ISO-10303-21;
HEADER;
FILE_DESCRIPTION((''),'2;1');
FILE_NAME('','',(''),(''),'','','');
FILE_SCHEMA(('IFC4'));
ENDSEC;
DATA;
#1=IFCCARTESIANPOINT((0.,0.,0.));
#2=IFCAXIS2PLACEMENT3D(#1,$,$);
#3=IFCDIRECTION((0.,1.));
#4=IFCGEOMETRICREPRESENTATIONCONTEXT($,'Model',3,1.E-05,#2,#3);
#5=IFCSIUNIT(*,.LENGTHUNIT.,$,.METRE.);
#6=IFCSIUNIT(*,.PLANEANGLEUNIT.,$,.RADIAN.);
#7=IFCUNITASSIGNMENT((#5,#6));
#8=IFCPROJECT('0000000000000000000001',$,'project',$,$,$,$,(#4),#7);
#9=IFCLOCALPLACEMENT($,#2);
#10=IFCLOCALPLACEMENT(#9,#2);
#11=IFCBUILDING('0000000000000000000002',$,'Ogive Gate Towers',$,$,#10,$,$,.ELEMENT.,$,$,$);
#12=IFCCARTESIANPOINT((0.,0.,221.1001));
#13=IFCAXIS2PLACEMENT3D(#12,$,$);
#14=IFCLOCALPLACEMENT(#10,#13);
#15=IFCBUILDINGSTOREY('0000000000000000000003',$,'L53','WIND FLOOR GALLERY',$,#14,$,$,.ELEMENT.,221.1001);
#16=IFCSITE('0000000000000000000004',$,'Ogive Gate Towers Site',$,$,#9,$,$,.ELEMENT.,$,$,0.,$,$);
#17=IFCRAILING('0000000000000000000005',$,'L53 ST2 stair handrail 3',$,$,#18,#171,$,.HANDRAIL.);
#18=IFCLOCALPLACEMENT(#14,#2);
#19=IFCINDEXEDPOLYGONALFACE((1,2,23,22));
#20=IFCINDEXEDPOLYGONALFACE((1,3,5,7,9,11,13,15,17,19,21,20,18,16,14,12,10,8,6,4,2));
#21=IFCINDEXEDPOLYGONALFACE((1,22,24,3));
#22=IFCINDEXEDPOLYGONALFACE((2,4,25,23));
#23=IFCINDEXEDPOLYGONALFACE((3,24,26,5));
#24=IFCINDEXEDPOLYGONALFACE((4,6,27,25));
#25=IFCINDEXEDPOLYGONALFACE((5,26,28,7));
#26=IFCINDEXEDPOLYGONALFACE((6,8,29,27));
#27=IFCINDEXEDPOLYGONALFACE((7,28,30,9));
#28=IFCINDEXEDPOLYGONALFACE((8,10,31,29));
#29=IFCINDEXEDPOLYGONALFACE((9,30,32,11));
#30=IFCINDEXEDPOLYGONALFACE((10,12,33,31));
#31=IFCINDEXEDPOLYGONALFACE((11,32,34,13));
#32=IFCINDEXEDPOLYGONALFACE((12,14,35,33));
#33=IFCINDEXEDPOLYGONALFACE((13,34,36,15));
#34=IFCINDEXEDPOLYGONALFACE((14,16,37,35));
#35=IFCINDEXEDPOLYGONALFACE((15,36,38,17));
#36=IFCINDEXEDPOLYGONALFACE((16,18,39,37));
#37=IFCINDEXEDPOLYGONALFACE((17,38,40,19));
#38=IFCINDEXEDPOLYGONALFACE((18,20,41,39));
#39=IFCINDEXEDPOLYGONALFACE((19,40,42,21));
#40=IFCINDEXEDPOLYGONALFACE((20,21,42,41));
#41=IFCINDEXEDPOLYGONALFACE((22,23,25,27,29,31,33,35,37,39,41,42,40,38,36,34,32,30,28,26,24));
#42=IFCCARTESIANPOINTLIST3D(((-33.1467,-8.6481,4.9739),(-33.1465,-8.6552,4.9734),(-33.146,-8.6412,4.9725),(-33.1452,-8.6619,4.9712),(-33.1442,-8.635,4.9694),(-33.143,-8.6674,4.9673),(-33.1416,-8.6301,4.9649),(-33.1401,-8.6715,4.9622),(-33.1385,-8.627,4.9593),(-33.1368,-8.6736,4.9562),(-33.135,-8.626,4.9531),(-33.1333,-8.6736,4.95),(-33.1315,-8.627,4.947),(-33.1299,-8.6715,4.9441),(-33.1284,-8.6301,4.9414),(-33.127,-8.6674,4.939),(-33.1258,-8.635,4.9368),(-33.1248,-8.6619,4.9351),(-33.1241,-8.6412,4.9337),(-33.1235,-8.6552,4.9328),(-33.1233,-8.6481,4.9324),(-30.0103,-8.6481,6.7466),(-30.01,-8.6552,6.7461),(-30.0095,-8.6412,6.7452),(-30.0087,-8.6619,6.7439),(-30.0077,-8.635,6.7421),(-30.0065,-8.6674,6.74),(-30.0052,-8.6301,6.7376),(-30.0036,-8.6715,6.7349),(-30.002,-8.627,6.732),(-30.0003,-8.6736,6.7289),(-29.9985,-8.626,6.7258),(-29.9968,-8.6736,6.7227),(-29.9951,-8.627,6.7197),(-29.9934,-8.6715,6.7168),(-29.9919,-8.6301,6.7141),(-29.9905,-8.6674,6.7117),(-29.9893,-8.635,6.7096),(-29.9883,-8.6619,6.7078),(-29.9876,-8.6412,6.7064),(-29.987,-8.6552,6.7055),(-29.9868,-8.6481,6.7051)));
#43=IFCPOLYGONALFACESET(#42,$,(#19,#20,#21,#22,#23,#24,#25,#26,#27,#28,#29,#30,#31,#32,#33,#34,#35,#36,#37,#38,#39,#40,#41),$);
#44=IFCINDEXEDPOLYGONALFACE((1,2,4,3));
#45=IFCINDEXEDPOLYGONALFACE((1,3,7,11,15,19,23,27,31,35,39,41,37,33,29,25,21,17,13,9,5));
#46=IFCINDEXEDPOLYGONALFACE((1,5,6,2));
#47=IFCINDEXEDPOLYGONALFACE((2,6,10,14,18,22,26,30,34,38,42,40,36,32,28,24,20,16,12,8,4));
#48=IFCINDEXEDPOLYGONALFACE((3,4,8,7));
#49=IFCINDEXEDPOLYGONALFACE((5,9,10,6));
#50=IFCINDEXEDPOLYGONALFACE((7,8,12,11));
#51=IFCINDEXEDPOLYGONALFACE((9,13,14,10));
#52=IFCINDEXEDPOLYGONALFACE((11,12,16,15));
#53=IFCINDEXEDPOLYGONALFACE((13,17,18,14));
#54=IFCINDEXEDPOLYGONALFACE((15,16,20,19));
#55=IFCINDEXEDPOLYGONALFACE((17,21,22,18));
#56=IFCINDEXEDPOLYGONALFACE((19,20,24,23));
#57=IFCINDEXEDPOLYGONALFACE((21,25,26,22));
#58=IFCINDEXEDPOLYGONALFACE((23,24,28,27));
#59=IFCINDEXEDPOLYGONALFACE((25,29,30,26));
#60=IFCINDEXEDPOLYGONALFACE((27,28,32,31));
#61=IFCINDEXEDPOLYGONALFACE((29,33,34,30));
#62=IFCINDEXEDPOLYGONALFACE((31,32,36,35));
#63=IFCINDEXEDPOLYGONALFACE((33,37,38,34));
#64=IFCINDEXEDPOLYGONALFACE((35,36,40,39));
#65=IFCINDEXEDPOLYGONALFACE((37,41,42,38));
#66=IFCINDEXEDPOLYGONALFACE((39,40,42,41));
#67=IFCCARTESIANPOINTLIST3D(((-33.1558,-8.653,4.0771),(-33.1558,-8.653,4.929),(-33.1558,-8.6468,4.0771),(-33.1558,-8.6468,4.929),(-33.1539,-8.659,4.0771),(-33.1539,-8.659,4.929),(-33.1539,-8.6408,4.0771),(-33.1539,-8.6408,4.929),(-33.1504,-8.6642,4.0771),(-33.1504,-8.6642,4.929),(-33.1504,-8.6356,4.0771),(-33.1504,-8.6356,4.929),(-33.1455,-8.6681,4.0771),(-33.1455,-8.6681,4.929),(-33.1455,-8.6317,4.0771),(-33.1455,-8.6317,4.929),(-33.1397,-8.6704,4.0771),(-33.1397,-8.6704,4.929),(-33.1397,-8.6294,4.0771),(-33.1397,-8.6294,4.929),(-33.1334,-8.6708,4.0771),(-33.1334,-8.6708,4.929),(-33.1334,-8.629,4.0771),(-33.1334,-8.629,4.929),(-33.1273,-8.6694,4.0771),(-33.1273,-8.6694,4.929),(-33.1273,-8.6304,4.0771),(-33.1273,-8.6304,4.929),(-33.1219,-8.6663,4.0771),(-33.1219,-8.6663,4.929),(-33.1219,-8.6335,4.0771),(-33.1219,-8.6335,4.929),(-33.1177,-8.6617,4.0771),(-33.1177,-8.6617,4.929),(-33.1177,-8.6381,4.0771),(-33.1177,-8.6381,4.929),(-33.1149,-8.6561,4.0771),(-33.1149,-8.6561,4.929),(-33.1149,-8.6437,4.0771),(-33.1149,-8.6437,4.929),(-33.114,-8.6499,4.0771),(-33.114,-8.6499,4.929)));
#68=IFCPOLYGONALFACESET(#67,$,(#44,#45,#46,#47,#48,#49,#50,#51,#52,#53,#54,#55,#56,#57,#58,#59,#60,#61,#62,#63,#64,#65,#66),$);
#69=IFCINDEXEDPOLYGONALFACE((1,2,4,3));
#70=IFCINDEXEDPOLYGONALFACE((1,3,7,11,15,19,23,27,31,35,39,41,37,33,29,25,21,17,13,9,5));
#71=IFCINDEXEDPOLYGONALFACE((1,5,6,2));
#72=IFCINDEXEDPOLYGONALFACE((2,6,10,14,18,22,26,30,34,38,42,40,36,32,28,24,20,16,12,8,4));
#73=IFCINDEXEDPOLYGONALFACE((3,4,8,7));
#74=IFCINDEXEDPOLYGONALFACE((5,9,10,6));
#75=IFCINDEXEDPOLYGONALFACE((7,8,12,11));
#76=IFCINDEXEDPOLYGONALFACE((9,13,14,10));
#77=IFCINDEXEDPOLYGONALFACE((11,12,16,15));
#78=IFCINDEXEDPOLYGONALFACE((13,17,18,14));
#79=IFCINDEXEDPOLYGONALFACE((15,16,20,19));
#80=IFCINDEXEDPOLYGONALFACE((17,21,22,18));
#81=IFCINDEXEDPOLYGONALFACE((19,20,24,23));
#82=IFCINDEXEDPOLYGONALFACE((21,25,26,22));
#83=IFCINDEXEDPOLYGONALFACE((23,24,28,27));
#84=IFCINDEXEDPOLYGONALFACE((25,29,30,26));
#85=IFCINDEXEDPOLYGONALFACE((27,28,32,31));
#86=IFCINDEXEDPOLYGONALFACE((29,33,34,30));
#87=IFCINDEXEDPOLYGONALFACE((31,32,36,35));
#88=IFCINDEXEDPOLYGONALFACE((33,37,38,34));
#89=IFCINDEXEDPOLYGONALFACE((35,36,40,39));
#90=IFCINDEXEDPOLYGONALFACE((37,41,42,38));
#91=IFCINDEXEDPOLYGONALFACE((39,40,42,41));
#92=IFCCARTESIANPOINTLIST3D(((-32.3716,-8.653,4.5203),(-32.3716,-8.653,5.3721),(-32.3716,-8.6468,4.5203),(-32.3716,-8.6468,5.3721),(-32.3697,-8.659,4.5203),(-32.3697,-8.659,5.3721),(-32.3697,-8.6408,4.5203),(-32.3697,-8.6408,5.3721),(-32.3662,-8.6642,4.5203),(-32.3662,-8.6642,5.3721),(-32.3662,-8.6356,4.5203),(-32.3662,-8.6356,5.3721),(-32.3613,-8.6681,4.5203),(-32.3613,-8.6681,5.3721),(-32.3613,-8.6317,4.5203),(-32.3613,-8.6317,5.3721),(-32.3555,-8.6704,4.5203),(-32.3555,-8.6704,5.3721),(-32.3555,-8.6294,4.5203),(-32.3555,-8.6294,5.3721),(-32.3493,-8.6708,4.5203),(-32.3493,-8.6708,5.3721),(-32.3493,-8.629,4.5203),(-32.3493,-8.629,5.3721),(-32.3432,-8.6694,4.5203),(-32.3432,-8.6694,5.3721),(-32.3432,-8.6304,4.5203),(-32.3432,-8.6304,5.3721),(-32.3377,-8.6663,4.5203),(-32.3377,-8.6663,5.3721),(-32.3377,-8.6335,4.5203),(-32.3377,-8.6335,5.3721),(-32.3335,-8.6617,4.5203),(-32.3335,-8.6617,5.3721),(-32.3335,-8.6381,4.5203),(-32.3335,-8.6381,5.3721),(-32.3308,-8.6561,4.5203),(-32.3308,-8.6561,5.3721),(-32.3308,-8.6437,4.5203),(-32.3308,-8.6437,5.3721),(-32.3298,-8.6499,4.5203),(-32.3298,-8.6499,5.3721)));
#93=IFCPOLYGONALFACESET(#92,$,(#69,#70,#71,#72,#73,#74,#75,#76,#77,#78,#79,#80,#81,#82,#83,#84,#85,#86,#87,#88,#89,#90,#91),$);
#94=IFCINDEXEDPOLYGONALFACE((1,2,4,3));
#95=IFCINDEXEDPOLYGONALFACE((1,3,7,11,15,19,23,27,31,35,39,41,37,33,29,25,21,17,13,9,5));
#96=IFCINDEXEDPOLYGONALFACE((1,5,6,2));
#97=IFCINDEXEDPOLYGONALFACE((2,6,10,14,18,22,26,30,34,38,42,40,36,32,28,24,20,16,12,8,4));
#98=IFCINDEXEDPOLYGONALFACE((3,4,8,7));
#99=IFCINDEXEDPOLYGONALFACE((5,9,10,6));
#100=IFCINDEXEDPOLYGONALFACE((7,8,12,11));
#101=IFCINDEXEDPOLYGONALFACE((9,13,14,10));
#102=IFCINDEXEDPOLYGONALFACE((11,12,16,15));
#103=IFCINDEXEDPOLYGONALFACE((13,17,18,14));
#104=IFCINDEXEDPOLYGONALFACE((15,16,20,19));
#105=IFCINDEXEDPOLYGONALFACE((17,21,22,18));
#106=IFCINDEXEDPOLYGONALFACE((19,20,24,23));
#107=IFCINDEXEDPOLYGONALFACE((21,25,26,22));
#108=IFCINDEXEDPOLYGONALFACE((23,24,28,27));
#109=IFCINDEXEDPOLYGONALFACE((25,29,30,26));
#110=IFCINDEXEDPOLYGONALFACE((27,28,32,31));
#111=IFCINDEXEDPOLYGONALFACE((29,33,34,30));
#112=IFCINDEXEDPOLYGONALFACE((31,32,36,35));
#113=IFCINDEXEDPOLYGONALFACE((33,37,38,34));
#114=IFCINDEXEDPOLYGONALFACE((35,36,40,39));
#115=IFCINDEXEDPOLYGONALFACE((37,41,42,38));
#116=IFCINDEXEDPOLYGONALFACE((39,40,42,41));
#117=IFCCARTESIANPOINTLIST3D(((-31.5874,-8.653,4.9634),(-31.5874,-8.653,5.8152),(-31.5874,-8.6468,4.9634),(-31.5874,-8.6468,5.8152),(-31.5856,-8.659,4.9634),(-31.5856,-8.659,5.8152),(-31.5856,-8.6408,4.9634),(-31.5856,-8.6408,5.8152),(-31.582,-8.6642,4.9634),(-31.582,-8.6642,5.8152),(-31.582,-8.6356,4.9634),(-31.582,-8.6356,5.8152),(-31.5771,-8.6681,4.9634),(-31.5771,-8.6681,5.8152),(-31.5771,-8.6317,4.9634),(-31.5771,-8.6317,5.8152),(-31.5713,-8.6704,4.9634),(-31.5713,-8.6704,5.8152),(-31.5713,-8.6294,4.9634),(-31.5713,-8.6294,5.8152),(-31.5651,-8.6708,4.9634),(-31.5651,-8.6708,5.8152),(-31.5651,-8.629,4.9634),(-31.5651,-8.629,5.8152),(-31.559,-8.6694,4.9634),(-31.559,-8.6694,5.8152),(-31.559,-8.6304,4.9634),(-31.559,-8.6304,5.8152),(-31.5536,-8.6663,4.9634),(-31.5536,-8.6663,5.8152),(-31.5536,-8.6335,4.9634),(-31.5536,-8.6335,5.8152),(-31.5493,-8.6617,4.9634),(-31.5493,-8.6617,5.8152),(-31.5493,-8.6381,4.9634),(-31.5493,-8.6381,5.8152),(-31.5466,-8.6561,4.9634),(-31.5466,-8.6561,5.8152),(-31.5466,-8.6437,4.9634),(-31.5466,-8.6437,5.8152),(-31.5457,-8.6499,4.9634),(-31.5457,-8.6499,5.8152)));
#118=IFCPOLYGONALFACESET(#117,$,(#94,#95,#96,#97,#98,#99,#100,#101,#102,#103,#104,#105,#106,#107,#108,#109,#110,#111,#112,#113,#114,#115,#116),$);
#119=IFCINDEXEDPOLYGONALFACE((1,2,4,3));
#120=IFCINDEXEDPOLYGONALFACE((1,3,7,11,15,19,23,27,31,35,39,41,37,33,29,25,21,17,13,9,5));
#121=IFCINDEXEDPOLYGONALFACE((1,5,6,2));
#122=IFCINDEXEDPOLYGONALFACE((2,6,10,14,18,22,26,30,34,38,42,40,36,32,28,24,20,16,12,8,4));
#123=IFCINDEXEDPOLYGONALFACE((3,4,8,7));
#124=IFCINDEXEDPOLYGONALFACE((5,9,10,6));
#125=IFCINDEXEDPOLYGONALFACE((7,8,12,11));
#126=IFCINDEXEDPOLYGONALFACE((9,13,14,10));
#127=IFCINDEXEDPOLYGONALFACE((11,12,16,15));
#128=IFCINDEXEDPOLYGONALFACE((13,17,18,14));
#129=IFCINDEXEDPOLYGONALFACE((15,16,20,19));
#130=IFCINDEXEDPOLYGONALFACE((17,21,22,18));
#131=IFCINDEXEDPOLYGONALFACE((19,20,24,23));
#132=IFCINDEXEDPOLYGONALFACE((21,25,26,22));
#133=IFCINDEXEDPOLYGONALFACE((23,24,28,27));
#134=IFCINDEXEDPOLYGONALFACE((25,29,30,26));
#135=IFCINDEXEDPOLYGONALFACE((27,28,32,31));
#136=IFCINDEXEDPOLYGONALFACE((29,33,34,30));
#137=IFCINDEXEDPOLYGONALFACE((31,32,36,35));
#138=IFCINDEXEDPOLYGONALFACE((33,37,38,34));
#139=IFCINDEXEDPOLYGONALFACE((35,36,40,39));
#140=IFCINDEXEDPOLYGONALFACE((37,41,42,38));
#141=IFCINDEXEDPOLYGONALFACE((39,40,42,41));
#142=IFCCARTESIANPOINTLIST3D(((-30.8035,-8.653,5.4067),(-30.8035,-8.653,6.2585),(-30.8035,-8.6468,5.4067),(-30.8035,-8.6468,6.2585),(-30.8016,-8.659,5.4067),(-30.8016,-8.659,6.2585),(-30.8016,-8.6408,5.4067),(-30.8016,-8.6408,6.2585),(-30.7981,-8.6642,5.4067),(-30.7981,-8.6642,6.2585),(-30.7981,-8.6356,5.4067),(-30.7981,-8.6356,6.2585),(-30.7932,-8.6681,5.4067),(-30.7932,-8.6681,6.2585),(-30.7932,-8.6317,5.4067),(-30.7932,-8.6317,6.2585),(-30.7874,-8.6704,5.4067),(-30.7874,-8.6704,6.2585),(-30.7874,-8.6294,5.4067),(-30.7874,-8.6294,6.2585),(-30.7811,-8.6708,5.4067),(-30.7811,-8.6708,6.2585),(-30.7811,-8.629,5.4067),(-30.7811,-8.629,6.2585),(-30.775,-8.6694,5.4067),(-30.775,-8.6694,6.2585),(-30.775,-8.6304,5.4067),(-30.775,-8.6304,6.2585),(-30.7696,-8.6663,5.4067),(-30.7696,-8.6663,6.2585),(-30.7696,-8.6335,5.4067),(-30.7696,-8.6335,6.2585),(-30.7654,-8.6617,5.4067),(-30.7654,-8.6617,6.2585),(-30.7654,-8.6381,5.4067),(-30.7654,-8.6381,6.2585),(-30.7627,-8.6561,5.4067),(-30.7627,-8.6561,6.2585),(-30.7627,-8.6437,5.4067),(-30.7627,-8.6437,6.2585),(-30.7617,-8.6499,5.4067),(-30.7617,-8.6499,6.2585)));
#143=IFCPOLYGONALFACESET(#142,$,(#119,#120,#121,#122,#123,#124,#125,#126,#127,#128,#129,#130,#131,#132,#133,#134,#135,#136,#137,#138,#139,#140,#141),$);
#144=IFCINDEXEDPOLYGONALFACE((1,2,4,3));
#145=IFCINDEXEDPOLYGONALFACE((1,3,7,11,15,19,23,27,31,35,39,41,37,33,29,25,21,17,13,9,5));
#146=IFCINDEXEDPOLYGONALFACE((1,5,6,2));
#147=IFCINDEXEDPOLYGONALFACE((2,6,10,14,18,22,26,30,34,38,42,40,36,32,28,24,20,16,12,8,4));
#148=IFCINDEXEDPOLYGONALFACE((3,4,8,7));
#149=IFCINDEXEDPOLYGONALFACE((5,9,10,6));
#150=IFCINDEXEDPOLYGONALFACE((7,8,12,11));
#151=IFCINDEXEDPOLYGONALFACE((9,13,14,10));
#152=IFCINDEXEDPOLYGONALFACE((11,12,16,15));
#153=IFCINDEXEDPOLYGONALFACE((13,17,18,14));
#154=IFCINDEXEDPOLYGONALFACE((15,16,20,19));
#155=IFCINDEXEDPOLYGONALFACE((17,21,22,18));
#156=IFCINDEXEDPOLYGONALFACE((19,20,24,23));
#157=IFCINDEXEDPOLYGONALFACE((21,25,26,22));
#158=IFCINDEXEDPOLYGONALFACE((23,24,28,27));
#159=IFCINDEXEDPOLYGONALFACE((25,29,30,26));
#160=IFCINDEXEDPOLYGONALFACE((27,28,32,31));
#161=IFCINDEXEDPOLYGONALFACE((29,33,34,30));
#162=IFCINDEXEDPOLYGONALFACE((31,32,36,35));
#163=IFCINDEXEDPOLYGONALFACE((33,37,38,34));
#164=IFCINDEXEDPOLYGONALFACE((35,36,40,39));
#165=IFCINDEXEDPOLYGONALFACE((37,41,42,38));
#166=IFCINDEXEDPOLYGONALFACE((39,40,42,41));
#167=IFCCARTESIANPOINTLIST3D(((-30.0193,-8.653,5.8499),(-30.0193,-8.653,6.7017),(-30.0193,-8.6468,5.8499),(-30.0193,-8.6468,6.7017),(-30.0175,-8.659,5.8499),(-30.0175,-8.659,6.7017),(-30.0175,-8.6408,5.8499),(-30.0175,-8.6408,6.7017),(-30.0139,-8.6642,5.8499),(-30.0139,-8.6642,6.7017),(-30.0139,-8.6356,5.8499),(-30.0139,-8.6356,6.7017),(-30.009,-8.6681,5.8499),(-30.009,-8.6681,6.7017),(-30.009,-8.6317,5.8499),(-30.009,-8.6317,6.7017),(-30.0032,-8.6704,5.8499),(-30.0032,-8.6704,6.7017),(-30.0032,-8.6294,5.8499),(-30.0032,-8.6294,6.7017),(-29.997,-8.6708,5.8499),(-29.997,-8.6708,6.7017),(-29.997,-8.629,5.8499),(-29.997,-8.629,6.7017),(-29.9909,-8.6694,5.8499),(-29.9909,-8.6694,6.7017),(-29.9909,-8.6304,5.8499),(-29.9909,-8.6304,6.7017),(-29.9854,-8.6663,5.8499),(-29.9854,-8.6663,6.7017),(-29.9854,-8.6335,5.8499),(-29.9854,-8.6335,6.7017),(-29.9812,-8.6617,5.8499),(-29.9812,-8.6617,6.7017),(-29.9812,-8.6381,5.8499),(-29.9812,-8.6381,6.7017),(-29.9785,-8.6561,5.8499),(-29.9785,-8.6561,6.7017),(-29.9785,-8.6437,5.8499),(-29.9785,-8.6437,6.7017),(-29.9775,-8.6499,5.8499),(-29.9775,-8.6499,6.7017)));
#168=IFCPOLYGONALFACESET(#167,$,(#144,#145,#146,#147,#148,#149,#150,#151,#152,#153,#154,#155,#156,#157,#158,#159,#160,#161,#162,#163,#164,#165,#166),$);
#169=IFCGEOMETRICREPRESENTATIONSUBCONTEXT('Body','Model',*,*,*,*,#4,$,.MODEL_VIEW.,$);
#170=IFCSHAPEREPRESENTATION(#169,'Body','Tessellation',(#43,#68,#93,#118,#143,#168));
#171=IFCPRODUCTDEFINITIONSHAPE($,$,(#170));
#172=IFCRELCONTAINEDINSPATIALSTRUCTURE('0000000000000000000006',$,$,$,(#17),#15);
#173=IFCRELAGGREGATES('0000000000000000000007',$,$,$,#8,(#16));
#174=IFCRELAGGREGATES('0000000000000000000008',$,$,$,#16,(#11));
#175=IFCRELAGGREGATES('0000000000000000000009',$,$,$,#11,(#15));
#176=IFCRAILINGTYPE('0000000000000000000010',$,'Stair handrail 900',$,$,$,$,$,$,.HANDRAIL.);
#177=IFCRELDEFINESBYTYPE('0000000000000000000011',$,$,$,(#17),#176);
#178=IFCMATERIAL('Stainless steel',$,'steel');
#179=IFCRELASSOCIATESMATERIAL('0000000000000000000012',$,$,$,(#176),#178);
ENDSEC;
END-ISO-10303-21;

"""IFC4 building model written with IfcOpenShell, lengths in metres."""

from ifc_helpers import new_model, si_unit, direction, frame, origin, origin_2d, place, context, subcontext, project, spatial, circle, extrude, material, type_object, element, save


model = new_model("IFC4")

# Units and contexts
model_context = context("Model", 3, precision=1e-05, world=origin(), true_north=direction((0.0, 1.0)))
body_context = subcontext(model_context, "Body", "Model", "MODEL_VIEW")
ifc_project = project(units=[si_unit("LENGTHUNIT", "METRE"), si_unit("PLANEANGLEUNIT", "RADIAN")], contexts=[model_context])

# Site, building, storey
site_placement = place(None, origin())
site = spatial("IfcSite", under=ifc_project, at=site_placement, Name="Ogive Gate Towers Site", CompositionType="ELEMENT", RefElevation=0.0)
building_placement = place(site_placement, origin())
building = spatial("IfcBuilding", under=site, at=building_placement, Name="Ogive Gate Towers", CompositionType="ELEMENT")
storey_placement = place(building_placement, frame((0.0, 0.0, 221.1001)))
storey = spatial("IfcBuildingStorey", under=building, at=storey_placement, Name="L53", Description="WIND FLOOR GALLERY", CompositionType="ELEMENT", Elevation=221.1001)

# Railing
ifc_material_1 = material(Name="Stainless steel", Category="steel")
railing_type_1 = type_object("IfcRailingType", Name="Stair handrail 900", PredefinedType="HANDRAIL", material=ifc_material_1)
railing_1_placement = place(storey_placement, frame((-33.135, -8.6499, 4.0771)))
element("IfcRailing", 1, at=railing_1_placement, inside=storey, type_object=railing_type_1, Name="L53 ST2 stair handrail 3", PredefinedType="HANDRAIL", context=body_context, shape_type="SweptSolid", body=[
    extrude(circle(Radius=0.0239, at=origin_2d()), frame((0.0, 0.0, 0.876), z_axis=(0.870573, 0.0, 0.492039), x_axis=(0.0, 1.0, 0.0)), (0.0, 0.0, 1.0), 3.6028),
    extrude(circle(Radius=0.021, at=origin_2d()), origin(), (0.0, 0.0, 1.0), 0.8518),
    extrude(circle(Radius=0.021, at=origin_2d()), frame((0.7842, 0.0, 0.4431)), (0.0, 0.0, 1.0), 0.8518),
    extrude(circle(Radius=0.021, at=origin_2d()), frame((1.5684, 0.0, 0.8862)), (0.0, 0.0, 1.0), 0.8518),
    extrude(circle(Radius=0.021, at=origin_2d()), frame((2.3523, 0.0, 1.3296)), (0.0, 0.0, 1.0), 0.8518),
    extrude(circle(Radius=0.021, at=origin_2d()), frame((3.1365, 0.0, 1.7727)), (0.0, 0.0, 1.0), 0.8518),
])

save(model, "model.ifc")
